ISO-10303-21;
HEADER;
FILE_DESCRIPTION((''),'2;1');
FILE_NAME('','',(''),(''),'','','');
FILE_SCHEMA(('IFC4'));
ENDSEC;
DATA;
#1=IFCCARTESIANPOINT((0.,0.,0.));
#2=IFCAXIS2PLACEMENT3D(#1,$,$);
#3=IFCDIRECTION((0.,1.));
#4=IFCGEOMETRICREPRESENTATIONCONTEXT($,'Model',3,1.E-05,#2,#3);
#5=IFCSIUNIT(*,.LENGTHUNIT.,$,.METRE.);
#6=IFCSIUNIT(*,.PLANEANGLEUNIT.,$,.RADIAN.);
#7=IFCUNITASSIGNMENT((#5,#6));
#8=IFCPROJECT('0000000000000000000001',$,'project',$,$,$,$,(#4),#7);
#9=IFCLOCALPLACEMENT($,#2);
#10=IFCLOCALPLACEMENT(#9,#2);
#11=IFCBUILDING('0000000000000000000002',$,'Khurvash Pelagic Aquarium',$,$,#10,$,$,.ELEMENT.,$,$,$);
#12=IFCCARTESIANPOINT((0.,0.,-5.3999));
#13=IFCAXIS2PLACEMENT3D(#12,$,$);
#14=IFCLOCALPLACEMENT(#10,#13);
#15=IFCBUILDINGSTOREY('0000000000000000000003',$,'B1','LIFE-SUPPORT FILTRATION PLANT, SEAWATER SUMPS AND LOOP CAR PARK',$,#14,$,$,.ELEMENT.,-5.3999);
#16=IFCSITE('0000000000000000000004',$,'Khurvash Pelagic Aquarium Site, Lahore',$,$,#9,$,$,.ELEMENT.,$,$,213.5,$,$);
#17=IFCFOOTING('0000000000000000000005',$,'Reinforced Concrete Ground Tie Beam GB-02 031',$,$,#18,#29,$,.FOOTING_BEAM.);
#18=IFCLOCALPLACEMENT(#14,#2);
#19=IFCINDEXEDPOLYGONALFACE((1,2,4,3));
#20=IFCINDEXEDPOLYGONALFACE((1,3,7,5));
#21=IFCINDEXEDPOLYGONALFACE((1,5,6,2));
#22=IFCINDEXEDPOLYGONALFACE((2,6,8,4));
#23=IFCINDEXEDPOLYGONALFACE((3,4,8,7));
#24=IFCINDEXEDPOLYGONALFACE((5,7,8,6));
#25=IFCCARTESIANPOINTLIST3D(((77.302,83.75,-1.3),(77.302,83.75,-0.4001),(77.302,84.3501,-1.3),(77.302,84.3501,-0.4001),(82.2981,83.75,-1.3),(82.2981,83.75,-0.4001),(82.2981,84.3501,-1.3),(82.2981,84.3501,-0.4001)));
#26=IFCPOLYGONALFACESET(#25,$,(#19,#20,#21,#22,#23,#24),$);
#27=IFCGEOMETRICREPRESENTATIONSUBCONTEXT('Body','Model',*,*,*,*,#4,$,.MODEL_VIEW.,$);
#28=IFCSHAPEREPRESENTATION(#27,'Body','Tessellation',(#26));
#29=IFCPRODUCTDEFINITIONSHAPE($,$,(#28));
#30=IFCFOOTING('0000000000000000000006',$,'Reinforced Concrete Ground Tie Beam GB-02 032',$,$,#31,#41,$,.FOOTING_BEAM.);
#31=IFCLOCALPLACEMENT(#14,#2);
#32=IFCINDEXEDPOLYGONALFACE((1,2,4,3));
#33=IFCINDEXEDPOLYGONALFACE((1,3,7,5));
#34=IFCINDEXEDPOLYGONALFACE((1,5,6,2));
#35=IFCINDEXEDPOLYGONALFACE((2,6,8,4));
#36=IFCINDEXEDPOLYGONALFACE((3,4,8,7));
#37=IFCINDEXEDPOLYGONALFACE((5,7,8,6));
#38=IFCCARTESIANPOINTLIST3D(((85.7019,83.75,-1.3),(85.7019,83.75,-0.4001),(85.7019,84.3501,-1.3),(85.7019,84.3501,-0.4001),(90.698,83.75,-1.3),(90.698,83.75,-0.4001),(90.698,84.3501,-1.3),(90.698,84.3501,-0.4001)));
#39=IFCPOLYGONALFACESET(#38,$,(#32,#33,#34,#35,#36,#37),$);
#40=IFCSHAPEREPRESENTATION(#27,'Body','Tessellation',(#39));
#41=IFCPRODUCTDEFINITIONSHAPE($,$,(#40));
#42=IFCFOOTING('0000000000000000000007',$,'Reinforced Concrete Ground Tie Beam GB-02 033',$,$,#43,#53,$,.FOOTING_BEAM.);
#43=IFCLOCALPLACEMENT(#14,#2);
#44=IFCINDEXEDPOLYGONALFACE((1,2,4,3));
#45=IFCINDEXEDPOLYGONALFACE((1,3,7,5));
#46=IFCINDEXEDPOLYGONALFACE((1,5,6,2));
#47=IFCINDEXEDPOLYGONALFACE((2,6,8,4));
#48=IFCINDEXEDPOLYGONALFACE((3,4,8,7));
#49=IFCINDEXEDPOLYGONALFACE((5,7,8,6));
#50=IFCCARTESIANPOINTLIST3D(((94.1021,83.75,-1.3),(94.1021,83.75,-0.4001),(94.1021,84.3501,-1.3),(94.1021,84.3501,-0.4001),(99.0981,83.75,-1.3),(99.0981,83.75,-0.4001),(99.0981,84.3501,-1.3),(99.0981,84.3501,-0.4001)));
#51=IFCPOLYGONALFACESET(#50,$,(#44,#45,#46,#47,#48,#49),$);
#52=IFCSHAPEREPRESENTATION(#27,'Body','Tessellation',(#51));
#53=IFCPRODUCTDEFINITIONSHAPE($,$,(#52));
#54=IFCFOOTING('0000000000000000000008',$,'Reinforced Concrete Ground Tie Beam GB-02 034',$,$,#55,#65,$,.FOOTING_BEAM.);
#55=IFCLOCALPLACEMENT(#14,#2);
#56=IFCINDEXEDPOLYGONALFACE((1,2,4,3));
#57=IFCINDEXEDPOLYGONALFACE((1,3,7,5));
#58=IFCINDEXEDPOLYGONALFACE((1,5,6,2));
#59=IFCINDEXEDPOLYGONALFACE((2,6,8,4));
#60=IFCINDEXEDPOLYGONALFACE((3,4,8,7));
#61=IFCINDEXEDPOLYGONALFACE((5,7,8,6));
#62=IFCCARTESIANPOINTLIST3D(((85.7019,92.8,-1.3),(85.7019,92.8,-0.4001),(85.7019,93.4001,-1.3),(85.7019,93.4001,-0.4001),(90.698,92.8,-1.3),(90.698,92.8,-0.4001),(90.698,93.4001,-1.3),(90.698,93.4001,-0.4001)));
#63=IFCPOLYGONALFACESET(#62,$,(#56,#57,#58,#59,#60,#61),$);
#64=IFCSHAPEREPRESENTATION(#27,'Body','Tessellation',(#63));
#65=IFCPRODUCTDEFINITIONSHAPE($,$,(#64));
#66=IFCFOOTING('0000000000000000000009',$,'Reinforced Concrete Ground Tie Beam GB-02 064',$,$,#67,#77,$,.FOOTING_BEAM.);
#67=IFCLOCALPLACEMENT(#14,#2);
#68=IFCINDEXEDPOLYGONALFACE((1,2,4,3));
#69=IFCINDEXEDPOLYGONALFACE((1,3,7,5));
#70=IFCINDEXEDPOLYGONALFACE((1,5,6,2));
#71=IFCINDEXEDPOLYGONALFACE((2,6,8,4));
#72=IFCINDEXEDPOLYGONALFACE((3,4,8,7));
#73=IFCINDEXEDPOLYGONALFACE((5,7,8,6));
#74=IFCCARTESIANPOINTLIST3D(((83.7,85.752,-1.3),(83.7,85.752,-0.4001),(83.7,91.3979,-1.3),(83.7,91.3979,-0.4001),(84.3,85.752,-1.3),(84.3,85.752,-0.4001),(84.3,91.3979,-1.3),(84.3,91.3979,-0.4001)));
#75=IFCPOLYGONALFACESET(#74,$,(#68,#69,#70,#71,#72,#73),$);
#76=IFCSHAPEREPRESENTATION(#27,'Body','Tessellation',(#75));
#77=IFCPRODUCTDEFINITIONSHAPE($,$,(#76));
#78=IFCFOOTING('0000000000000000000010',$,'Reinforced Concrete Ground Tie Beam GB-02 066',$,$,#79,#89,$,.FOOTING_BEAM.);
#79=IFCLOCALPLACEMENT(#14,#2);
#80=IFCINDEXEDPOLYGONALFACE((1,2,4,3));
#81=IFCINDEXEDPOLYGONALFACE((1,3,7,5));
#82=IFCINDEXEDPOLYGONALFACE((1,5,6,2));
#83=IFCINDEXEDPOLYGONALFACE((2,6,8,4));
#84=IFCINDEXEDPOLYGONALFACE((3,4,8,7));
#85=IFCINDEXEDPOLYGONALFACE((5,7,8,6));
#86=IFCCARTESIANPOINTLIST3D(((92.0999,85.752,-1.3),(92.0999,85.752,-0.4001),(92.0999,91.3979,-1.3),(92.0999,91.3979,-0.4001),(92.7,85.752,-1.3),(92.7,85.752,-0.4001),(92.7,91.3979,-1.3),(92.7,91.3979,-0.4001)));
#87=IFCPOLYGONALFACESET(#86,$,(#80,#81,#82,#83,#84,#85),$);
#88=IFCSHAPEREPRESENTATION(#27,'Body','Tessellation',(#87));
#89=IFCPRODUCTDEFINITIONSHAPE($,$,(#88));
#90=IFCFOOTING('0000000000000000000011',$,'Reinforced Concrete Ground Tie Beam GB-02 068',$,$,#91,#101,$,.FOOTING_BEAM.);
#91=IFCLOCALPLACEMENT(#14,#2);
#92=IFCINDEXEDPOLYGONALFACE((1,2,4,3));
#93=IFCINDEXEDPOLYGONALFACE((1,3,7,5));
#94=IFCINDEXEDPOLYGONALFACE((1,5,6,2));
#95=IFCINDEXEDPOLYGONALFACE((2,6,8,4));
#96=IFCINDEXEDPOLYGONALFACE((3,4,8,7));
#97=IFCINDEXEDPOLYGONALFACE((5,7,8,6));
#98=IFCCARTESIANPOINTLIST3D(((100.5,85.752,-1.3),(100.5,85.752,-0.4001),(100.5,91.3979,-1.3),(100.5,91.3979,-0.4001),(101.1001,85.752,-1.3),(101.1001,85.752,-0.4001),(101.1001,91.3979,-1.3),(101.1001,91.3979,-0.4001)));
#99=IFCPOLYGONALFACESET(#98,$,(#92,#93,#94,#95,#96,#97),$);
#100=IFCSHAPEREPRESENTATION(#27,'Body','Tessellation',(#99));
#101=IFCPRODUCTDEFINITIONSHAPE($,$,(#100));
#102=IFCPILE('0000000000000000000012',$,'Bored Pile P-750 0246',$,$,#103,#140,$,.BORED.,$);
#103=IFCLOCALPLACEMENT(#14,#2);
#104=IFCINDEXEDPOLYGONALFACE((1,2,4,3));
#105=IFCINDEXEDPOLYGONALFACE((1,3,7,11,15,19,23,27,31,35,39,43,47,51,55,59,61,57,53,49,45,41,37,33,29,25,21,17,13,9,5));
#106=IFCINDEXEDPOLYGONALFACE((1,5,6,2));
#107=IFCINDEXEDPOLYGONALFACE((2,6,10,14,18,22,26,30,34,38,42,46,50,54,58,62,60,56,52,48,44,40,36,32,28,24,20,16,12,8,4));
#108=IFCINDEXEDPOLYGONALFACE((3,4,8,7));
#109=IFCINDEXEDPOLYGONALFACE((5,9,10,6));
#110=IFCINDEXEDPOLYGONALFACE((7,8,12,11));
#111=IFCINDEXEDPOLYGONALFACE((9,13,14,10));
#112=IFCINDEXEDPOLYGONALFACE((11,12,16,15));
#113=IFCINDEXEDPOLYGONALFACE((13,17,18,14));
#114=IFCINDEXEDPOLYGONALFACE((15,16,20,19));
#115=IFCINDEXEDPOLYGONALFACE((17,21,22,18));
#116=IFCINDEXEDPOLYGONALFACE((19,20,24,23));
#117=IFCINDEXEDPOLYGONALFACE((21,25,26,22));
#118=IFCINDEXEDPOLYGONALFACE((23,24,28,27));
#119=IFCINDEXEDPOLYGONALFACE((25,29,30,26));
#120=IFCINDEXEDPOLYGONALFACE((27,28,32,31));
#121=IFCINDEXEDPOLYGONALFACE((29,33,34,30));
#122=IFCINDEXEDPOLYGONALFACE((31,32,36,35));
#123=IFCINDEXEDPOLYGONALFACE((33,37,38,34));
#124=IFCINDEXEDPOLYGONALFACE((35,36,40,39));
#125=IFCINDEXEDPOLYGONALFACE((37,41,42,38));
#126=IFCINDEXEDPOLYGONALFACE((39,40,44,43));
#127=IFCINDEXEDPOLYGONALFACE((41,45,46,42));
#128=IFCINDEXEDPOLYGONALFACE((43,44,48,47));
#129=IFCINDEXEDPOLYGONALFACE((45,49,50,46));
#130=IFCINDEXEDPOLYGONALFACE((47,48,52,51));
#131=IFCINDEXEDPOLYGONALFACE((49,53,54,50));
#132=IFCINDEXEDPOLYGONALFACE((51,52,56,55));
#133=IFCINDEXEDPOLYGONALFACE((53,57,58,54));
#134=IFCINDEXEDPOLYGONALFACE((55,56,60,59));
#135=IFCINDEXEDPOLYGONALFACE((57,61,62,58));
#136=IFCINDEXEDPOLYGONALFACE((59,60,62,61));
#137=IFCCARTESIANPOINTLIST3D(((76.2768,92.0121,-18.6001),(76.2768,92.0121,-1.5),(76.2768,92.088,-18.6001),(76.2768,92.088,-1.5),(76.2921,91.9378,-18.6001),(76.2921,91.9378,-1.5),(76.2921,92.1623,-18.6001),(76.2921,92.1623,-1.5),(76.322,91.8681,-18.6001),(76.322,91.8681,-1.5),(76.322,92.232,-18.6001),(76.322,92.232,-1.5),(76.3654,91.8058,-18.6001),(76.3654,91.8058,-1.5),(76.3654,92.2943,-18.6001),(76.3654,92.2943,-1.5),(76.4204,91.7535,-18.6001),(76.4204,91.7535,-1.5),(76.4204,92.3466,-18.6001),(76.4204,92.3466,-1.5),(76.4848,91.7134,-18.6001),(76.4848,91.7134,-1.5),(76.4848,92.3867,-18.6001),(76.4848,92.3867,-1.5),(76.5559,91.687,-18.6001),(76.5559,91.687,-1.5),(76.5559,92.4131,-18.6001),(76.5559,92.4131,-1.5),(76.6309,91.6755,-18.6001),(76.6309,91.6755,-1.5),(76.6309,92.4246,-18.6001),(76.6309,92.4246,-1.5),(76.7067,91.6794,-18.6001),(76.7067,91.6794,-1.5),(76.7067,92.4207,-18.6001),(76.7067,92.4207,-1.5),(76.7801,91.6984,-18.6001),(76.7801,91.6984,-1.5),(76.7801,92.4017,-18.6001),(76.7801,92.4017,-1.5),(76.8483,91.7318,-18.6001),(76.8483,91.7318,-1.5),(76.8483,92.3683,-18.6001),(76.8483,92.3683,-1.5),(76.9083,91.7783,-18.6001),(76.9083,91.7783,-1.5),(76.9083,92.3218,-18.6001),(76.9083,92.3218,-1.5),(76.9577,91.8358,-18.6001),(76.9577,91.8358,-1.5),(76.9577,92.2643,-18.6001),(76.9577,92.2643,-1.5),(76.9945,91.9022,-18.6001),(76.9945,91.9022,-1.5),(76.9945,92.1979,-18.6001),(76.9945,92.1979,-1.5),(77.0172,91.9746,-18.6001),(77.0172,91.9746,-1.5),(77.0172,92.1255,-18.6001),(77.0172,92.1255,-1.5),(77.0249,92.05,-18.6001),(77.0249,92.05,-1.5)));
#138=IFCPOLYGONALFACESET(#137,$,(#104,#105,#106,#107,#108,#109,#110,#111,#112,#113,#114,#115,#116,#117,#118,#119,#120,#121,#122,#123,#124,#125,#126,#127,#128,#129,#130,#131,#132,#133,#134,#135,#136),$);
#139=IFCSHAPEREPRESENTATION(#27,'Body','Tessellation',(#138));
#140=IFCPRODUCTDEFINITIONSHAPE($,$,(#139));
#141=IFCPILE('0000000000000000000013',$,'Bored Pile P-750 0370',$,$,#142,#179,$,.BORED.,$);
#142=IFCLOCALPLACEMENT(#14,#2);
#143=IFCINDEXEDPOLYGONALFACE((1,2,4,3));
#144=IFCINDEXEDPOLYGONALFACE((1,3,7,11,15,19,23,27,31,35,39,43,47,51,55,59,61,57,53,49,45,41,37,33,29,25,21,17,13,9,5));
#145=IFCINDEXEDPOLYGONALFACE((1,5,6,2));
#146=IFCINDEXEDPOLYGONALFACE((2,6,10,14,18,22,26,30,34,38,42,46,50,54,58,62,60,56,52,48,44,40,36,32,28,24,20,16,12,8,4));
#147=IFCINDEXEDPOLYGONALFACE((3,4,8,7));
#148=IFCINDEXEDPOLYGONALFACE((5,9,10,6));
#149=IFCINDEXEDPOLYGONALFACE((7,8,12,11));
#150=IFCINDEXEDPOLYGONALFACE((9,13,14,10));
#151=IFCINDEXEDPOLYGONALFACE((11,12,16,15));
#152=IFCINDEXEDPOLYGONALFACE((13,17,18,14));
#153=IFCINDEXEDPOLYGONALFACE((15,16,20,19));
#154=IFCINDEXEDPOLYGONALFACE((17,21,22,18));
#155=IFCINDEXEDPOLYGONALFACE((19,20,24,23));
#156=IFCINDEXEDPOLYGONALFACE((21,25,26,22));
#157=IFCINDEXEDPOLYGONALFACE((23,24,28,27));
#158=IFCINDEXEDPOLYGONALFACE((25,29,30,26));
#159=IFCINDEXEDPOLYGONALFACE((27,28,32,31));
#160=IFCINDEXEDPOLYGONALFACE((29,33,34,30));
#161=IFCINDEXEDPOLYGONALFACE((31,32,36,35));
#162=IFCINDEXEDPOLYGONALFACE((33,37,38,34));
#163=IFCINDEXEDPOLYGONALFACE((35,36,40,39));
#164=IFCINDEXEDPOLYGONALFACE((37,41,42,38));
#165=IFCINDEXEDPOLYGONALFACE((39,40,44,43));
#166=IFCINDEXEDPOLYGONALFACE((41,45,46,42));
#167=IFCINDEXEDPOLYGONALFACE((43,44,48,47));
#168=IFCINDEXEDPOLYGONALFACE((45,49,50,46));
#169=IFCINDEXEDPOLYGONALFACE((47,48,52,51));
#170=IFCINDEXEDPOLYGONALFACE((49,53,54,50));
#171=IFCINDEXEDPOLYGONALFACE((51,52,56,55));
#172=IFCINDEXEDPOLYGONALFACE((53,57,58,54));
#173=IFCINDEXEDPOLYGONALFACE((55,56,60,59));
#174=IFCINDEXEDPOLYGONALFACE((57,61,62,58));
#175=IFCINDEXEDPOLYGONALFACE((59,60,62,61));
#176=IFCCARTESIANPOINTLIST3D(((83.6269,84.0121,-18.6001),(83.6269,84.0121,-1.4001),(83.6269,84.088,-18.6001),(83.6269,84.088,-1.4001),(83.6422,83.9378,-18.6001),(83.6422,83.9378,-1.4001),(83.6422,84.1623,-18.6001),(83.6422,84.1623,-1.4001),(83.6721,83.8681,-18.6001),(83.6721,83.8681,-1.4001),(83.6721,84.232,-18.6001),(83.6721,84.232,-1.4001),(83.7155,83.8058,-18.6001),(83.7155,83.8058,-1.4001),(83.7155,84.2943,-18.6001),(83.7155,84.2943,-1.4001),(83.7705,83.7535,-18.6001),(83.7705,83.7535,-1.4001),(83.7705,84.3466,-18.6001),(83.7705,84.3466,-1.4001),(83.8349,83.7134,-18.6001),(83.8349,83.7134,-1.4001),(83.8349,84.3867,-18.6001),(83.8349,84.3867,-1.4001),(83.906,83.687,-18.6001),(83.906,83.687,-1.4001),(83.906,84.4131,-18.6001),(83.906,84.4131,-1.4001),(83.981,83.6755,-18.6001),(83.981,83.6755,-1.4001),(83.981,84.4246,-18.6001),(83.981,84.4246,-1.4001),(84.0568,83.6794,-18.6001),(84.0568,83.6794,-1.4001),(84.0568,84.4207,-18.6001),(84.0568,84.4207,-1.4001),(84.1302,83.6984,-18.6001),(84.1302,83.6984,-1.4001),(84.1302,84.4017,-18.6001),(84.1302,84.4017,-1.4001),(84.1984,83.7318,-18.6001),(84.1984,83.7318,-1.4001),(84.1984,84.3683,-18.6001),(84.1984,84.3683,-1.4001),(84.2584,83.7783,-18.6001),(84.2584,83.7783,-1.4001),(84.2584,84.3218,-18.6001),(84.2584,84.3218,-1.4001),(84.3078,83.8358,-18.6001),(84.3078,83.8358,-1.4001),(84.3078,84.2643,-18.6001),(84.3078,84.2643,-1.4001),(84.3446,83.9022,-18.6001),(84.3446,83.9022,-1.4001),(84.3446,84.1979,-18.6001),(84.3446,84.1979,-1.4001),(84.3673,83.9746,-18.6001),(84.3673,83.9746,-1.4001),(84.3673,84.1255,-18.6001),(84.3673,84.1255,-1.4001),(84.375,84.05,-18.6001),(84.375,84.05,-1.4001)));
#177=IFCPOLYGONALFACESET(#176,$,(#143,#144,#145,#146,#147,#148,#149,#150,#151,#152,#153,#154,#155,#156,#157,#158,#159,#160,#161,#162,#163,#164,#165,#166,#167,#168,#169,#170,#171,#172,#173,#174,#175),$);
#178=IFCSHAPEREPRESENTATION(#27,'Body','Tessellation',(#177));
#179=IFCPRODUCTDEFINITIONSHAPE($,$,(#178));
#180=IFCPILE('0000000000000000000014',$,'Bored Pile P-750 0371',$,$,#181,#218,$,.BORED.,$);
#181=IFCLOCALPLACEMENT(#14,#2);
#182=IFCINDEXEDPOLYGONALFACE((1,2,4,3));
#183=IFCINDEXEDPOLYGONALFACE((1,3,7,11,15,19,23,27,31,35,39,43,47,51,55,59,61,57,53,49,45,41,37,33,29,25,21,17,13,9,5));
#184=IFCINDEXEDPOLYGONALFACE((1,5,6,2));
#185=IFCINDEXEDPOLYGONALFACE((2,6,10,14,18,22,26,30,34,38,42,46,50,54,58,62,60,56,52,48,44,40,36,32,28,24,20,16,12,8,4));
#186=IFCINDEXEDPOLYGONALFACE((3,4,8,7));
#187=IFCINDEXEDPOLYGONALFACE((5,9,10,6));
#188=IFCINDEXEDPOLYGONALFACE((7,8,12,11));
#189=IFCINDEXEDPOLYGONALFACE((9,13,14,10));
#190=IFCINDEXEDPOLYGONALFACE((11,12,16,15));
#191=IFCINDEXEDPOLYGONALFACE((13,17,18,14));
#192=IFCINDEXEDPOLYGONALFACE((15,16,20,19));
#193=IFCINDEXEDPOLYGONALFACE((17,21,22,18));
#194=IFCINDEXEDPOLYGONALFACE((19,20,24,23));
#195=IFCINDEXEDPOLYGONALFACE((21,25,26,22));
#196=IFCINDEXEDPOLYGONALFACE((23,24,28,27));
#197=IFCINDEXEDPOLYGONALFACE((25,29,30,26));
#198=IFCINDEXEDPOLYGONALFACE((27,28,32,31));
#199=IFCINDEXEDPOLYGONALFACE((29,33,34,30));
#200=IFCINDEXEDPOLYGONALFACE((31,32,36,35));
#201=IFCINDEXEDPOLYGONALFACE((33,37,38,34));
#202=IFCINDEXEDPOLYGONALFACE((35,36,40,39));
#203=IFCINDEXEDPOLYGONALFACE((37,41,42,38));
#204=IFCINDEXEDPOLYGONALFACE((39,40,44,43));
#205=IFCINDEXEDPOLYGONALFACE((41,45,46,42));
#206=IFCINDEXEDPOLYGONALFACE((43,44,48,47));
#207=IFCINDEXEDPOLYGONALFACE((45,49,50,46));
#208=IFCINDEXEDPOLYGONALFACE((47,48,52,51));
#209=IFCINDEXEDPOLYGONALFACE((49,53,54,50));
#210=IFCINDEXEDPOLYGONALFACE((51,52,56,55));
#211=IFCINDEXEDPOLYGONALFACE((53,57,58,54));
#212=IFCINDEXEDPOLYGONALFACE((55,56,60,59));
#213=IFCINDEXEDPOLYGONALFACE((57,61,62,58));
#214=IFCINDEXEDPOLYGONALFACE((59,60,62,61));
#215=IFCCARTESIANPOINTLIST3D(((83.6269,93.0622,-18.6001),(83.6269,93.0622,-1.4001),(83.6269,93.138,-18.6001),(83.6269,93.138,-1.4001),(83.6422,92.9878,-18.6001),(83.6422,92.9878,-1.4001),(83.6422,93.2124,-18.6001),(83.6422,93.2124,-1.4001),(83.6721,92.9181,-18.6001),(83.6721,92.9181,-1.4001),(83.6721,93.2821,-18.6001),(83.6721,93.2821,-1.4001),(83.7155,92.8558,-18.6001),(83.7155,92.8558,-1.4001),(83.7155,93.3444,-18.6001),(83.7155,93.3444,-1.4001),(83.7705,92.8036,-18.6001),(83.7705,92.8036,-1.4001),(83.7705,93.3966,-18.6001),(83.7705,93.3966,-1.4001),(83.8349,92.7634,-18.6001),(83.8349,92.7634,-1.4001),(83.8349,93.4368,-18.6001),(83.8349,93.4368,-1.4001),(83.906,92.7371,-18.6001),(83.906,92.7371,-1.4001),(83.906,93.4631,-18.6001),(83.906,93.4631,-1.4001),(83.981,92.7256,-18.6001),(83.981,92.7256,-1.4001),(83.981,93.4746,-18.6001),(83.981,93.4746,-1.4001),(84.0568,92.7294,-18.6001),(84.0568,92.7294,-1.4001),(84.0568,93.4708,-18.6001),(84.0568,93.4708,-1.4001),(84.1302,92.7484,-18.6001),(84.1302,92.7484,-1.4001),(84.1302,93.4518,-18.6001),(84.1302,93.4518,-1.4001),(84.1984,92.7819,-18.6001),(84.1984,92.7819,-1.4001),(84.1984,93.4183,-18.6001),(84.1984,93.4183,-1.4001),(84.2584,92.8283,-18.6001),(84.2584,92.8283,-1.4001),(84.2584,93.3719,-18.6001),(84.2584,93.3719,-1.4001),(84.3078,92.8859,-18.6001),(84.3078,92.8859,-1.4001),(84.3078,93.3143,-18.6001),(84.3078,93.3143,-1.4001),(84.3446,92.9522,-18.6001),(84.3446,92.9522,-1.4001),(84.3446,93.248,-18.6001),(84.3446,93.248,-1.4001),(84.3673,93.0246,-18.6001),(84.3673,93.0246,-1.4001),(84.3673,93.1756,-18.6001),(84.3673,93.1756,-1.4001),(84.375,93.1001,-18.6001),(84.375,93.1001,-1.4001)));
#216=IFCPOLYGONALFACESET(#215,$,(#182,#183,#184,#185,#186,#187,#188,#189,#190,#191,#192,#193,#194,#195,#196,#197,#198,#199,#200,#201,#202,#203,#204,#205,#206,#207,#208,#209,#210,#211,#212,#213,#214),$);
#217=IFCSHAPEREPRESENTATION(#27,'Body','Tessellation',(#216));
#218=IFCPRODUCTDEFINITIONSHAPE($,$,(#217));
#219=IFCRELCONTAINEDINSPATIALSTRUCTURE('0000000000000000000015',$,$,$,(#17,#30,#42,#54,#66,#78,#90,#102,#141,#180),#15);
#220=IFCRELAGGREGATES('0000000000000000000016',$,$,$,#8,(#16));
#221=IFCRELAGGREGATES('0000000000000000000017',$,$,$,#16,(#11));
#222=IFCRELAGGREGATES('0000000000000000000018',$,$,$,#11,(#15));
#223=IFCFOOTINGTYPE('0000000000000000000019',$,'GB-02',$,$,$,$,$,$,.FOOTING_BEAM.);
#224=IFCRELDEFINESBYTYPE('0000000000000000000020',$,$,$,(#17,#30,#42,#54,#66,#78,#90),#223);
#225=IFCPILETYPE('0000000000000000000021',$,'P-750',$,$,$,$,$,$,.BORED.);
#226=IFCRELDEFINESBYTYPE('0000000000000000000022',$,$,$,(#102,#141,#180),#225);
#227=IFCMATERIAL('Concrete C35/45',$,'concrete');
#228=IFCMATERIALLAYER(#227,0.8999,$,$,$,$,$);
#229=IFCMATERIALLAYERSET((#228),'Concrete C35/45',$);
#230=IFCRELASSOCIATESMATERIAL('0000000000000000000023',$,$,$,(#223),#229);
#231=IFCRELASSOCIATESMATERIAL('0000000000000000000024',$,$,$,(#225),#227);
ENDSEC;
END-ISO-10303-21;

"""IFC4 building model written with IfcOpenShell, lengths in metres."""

from ifc_helpers import new_model, si_unit, direction, frame, origin, origin_2d, place, context, subcontext, project, spatial, rectangle, circle, extrude, material, layer, layer_set, material_profile, profile_set, type_object, element, save


model = new_model("IFC4")

# Units and contexts
model_context = context("Model", 3, precision=1e-05, world=origin(), true_north=direction((0.0, 1.0)))
body_context = subcontext(model_context, "Body", "Model", "MODEL_VIEW")
ifc_project = project(units=[si_unit("LENGTHUNIT", "METRE"), si_unit("PLANEANGLEUNIT", "RADIAN")], contexts=[model_context])

# Site, building, storey
site_placement = place(None, origin())
site = spatial("IfcSite", under=ifc_project, at=site_placement, Name="Khurvash Pelagic Aquarium Site, Lahore", CompositionType="ELEMENT", RefElevation=213.5)
building_placement = place(site_placement, origin())
building = spatial("IfcBuilding", under=site, at=building_placement, Name="Khurvash Pelagic Aquarium", CompositionType="ELEMENT")
storey_placement = place(building_placement, frame((0.0, 0.0, -5.3999)))
storey = spatial("IfcBuildingStorey", under=building, at=storey_placement, Name="B1", Description="LIFE-SUPPORT FILTRATION PLANT, SEAWATER SUMPS AND LOOP CAR PARK", CompositionType="ELEMENT", Elevation=-5.3999)

# Footings
ifc_material_1 = material(Name="Concrete C35/45", Category="concrete")
ifc_layer_1 = layer(ifc_material_1, 0.8999)
ifc_layer_set_1 = layer_set([ifc_layer_1], Name="Concrete C35/45")
footing_type_1 = type_object("IfcFootingType", Name="GB-02", PredefinedType="FOOTING_BEAM", material=ifc_layer_set_1)
for number, where, z_axis, x_axis, name in (
    (1, (79.8, 84.05, -1.3), (0.0, 0.0, 1.0), (1.0, 0.0, 0.0), "Reinforced Concrete Ground Tie Beam GB-02 031"),
    (2, (88.2, 84.05, -1.3), (0.0, 0.0, 1.0), (1.0, 0.0, 0.0), "Reinforced Concrete Ground Tie Beam GB-02 032"),
    (3, (96.6001, 84.05, -1.3), (0.0, 0.0, 1.0), (1.0, 0.0, 0.0), "Reinforced Concrete Ground Tie Beam GB-02 033"),
    (4, (88.2, 93.1001, -1.3), (0.0, 0.0, 1.0), (1.0, 0.0, 0.0), "Reinforced Concrete Ground Tie Beam GB-02 034"),
):
    element("IfcFooting", number, at=place(storey_placement, frame(where, z_axis=z_axis, x_axis=x_axis)), inside=storey, type_object=footing_type_1, Name=name, PredefinedType="FOOTING_BEAM", context=body_context, shape_type="SweptSolid", body=[
        extrude(rectangle(XDim=4.9961, YDim=0.6001, at=origin_2d()), origin(), (0.0, 0.0, 1.0), 0.8999),
    ])
for number, where, z_axis, x_axis, name in (
    (5, (84.0, 88.575, -1.3), (0.0, 0.0, 1.0), (0.0, 1.0, 0.0), "Reinforced Concrete Ground Tie Beam GB-02 064"),
    (6, (92.3999, 88.575, -1.3), (0.0, 0.0, 1.0), (0.0, 1.0, 0.0), "Reinforced Concrete Ground Tie Beam GB-02 066"),
    (7, (100.8, 88.575, -1.3), (0.0, 0.0, 1.0), (0.0, 1.0, 0.0), "Reinforced Concrete Ground Tie Beam GB-02 068"),
):
    element("IfcFooting", number, at=place(storey_placement, frame(where, z_axis=z_axis, x_axis=x_axis)), inside=storey, type_object=footing_type_1, Name=name, PredefinedType="FOOTING_BEAM", context=body_context, shape_type="SweptSolid", body=[
        extrude(rectangle(XDim=5.646, YDim=0.6001, at=origin_2d()), origin(), (0.0, 0.0, 1.0), 0.8999),
    ])

# Piles
ifc_material_profile_1 = material_profile(ifc_material_1, circle(Radius=0.375, at=origin_2d()), Name="PILE750")
ifc_profile_set_1 = profile_set([ifc_material_profile_1], Name="Concrete C35/45")
pile_type = type_object("IfcPileType", Name="P-750", PredefinedType="BORED", material=ifc_profile_set_1)
pile_placement = place(storey_placement, frame((76.6499, 92.05, -1.5), z_axis=(0.0, 0.0, -1.0), x_axis=(1.0, 0.0, 0.0)))
element("IfcPile", 8, at=pile_placement, inside=storey, type_object=pile_type, Name="Bored Pile P-750 0246", PredefinedType="BORED", context=body_context, shape_type="SweptSolid", body=[
    extrude(circle(Radius=0.375, at=origin_2d()), origin(), (0.0, 0.0, 1.0), 17.1001),
])
for number, where, z_axis, x_axis, name in (
    (9, (84.0, 84.05, -1.4001), (0.0, 0.0, -1.0), (1.0, 0.0, 0.0), "Bored Pile P-750 0370"),
    (10, (84.0, 93.1001, -1.4001), (0.0, 0.0, -1.0), (1.0, 0.0, 0.0), "Bored Pile P-750 0371"),
):
    element("IfcPile", number, at=place(storey_placement, frame(where, z_axis=z_axis, x_axis=x_axis)), inside=storey, type_object=pile_type, Name=name, PredefinedType="BORED", context=body_context, shape_type="SweptSolid", body=[
        extrude(circle(Radius=0.375, at=origin_2d()), origin(), (0.0, 0.0, 1.0), 17.2),
    ])

save(model, "model.ifc")
